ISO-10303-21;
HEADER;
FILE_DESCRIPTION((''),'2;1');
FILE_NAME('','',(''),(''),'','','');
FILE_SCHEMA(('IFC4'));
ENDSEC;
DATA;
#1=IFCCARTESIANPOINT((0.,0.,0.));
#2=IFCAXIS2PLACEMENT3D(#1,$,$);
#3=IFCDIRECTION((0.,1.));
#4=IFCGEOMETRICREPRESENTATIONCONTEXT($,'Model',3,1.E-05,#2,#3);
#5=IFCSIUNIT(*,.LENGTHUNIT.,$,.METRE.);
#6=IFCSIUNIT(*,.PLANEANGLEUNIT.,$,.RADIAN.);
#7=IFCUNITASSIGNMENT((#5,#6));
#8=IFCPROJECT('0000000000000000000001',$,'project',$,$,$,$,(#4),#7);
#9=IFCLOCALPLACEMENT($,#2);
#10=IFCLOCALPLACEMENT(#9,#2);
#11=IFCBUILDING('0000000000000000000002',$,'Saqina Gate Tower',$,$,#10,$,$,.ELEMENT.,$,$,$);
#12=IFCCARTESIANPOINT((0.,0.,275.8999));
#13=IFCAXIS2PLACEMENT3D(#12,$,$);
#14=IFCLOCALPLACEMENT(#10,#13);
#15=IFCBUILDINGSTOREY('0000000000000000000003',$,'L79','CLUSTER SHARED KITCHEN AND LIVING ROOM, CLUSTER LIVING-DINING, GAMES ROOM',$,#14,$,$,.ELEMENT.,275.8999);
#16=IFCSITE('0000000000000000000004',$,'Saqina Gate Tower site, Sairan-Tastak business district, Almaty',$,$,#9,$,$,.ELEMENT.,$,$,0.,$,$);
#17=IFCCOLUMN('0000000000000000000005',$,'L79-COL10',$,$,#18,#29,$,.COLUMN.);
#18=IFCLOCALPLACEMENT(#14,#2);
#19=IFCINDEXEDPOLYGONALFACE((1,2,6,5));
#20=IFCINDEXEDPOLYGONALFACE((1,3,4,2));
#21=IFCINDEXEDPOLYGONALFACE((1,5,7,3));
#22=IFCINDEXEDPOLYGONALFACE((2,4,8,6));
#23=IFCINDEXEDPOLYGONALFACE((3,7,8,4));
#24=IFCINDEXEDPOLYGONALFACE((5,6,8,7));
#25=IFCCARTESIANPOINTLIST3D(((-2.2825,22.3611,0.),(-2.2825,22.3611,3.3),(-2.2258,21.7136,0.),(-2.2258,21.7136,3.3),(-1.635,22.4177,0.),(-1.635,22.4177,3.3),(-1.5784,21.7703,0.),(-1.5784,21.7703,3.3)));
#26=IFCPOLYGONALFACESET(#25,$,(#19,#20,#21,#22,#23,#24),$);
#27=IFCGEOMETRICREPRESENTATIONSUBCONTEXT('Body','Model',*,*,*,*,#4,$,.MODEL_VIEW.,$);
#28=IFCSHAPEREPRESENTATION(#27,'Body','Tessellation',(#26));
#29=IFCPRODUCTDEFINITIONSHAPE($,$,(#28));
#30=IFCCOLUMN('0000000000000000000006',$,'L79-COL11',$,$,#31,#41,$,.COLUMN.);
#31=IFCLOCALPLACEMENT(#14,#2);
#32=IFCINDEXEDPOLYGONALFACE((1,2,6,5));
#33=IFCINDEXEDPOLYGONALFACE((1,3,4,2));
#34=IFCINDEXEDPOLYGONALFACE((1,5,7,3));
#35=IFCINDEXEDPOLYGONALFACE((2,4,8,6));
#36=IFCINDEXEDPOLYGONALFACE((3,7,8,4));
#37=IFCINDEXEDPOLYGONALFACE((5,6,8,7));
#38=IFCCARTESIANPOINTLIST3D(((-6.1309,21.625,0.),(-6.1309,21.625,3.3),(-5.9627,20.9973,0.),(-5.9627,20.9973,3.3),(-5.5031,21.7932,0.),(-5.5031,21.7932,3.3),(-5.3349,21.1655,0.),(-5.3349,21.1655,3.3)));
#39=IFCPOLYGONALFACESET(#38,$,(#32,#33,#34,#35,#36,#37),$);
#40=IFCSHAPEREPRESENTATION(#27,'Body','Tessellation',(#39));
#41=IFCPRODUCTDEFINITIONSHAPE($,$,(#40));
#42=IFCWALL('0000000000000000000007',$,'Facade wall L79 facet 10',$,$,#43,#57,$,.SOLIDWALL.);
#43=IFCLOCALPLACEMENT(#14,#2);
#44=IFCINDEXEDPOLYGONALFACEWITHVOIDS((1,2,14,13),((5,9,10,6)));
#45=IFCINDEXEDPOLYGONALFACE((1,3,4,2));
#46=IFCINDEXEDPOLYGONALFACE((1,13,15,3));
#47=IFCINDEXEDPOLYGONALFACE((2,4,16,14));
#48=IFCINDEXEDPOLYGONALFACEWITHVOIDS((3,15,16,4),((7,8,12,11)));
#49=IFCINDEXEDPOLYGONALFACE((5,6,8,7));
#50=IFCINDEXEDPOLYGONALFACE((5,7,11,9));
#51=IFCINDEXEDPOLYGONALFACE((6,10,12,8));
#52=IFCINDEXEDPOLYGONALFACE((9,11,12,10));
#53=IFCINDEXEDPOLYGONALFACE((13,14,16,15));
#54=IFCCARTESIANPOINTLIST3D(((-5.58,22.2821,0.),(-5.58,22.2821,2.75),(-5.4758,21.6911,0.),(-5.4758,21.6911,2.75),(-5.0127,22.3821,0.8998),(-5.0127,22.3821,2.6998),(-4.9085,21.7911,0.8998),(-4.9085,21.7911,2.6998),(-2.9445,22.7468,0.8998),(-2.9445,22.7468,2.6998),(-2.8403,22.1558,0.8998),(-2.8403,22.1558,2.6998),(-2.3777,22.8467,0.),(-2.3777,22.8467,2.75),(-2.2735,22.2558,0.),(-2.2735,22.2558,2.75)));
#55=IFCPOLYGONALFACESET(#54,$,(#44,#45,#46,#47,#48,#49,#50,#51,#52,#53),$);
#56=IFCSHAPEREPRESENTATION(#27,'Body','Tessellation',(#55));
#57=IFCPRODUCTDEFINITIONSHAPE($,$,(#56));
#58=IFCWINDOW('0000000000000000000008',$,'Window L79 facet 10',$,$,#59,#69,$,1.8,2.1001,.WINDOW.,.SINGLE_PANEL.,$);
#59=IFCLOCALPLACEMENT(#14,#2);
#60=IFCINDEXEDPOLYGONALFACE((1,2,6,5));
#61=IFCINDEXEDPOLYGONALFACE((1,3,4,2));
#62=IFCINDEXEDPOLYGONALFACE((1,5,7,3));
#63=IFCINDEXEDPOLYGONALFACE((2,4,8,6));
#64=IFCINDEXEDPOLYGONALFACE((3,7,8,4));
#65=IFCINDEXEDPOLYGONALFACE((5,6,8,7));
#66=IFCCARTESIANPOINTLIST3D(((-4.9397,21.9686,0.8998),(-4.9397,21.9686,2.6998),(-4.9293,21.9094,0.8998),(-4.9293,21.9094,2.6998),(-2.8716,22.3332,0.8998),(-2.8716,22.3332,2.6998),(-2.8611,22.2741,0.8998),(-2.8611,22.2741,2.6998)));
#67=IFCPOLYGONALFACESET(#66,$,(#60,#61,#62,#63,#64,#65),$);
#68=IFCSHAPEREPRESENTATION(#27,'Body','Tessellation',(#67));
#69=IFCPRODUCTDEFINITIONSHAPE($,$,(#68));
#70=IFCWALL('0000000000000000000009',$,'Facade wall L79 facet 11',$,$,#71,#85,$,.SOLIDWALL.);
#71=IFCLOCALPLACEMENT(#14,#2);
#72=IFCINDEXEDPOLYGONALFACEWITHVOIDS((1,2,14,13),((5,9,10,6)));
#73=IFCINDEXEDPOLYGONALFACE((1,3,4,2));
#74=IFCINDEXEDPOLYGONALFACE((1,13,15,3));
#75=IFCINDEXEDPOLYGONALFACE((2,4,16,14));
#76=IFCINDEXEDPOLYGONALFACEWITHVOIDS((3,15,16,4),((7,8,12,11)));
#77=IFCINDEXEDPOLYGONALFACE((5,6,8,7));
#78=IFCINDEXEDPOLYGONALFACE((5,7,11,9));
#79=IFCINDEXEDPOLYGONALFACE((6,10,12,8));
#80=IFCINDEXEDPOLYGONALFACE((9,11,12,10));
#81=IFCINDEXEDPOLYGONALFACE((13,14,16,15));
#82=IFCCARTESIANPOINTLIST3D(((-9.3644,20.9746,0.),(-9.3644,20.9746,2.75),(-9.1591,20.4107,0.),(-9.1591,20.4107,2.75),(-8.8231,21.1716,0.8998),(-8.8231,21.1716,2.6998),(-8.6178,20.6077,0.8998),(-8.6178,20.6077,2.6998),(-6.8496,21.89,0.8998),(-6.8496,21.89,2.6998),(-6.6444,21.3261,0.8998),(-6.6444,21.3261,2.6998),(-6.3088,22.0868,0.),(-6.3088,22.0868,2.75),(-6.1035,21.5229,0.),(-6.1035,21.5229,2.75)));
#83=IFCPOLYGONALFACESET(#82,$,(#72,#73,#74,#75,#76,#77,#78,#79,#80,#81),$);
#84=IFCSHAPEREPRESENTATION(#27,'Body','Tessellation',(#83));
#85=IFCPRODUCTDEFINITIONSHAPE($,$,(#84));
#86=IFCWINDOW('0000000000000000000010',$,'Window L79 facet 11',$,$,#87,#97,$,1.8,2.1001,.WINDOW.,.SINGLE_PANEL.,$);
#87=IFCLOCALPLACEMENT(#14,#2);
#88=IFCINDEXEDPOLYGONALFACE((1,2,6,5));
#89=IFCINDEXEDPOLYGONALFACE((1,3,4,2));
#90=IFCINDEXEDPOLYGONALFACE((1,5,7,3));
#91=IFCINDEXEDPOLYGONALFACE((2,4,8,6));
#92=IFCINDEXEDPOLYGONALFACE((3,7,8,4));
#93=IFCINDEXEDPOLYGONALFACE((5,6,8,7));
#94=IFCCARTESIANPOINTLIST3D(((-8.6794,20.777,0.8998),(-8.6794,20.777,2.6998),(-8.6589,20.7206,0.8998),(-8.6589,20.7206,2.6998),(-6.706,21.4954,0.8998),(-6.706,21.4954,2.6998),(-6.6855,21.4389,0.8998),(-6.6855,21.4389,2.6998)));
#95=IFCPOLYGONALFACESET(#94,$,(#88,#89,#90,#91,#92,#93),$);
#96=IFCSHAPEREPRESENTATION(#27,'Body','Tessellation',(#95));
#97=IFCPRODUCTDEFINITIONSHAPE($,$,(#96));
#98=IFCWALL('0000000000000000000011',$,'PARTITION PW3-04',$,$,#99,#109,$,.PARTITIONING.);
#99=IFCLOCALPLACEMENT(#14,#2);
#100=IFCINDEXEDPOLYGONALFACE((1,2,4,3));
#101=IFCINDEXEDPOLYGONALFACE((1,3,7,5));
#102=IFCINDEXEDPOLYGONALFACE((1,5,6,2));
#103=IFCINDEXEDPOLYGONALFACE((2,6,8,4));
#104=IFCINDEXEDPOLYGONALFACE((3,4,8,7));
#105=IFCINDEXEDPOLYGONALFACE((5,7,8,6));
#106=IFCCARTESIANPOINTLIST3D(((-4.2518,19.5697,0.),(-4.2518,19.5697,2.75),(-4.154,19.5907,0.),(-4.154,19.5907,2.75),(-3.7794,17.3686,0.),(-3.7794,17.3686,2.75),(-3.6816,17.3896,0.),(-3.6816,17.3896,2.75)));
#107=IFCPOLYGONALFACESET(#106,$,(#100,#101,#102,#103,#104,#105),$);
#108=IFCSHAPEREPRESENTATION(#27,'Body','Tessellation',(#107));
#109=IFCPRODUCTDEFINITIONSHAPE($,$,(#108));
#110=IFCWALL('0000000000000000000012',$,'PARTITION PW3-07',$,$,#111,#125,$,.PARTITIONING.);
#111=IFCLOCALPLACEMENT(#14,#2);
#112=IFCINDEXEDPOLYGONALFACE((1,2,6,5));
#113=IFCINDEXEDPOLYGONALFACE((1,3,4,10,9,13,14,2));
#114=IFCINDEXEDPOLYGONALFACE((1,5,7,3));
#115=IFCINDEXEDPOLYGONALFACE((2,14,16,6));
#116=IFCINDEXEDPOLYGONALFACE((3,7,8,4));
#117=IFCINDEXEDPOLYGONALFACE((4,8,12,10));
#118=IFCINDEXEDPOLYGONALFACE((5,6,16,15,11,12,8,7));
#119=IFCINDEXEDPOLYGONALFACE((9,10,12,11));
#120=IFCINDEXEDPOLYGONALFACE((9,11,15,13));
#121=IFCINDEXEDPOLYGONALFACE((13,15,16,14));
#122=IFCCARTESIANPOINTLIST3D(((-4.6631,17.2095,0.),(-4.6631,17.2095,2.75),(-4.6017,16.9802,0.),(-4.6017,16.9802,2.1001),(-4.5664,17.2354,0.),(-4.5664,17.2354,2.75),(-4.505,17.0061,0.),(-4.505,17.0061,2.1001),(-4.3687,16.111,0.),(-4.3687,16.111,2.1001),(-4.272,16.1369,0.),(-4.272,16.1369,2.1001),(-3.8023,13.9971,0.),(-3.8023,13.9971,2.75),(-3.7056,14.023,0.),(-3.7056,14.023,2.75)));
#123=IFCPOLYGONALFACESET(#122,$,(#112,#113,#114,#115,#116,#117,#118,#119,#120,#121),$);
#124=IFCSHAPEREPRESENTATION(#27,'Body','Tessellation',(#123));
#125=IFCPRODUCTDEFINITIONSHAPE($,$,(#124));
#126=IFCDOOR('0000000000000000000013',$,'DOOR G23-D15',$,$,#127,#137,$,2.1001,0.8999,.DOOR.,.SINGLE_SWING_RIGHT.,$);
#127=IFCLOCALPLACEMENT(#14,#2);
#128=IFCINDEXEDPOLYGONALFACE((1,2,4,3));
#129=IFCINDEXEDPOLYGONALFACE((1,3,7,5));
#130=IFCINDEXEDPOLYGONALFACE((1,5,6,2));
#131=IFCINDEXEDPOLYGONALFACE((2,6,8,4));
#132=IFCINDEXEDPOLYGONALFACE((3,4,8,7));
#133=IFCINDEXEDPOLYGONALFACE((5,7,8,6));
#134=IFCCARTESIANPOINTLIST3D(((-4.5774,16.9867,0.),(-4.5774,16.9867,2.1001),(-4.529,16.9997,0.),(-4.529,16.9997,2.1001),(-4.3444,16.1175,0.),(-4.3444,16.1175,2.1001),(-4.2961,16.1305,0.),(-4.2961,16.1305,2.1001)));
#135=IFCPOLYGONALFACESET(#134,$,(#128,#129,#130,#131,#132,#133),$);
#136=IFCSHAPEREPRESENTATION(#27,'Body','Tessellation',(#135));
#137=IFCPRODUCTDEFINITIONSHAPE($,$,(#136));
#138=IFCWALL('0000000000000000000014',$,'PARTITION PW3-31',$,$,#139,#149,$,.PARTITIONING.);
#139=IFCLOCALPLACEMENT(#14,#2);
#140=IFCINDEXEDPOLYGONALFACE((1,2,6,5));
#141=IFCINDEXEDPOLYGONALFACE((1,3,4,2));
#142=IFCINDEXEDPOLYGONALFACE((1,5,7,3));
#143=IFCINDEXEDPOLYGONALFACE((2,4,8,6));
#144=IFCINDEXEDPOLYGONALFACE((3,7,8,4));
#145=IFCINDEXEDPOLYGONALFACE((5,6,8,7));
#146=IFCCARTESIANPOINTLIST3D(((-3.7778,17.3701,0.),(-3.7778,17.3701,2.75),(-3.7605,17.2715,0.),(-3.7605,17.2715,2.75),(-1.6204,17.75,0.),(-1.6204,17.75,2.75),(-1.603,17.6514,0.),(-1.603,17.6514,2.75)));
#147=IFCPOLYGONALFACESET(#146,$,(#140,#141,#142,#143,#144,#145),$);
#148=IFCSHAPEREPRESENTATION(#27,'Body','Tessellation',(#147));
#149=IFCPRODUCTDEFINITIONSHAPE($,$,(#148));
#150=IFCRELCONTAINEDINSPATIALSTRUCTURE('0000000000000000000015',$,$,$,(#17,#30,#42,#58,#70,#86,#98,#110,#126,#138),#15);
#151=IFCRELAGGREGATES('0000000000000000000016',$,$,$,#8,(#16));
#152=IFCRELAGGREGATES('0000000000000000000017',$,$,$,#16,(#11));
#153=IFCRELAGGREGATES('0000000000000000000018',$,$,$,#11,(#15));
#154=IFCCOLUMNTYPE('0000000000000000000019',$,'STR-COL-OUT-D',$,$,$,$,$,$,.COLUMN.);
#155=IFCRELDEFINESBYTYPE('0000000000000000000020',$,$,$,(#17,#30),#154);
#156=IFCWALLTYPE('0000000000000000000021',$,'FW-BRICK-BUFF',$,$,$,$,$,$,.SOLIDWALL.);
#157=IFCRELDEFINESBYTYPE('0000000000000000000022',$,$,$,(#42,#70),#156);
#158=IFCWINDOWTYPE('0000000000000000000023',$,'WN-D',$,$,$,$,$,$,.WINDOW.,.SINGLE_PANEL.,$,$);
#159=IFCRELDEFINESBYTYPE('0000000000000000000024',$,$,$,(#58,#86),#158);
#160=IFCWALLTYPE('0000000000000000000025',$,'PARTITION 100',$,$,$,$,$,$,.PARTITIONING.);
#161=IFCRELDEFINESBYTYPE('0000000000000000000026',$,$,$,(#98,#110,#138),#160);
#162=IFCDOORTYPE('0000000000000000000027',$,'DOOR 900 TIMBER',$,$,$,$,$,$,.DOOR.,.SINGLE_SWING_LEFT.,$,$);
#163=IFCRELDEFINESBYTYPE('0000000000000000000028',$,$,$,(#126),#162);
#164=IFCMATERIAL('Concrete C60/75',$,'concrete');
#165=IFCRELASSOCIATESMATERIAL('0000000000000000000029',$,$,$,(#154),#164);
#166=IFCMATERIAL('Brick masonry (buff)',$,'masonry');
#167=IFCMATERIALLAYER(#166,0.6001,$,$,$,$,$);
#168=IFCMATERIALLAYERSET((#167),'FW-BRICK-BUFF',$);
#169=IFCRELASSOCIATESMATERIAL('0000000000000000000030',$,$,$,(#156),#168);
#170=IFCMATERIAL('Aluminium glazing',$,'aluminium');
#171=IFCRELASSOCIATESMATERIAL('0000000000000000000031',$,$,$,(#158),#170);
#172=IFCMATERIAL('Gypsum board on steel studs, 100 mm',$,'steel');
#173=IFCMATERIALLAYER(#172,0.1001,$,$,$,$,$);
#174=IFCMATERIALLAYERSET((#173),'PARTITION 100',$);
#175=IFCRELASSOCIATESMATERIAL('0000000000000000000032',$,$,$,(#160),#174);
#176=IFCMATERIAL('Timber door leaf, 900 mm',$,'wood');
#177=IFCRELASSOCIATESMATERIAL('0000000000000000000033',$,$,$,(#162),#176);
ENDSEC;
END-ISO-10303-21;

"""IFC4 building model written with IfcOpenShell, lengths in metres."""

from ifc_helpers import new_model, si_unit, direction, frame, frame_2d, origin, origin_2d, place, context, subcontext, project, spatial, rectangle, extrude, material, layer, layer_set, material_profile, profile_set, type_object, element, fill, save


model = new_model("IFC4")

# Units and contexts
model_context = context("Model", 3, precision=1e-05, world=origin(), true_north=direction((0.0, 1.0)))
body_context = subcontext(model_context, "Body", "Model", "MODEL_VIEW")
ifc_project = project(units=[si_unit("LENGTHUNIT", "METRE"), si_unit("PLANEANGLEUNIT", "RADIAN")], contexts=[model_context])

# Site, building, storey
site_placement = place(None, origin())
site = spatial("IfcSite", under=ifc_project, at=site_placement, Name="Saqina Gate Tower site, Sairan-Tastak business district, Almaty", CompositionType="ELEMENT", RefElevation=0.0)
building_placement = place(site_placement, origin())
building = spatial("IfcBuilding", under=site, at=building_placement, Name="Saqina Gate Tower", CompositionType="ELEMENT")
storey_placement = place(building_placement, frame((0.0, 0.0, 275.8999)))
storey = spatial("IfcBuildingStorey", under=building, at=storey_placement, Name="L79", Description="CLUSTER SHARED KITCHEN AND LIVING ROOM, CLUSTER LIVING-DINING, GAMES ROOM", CompositionType="ELEMENT", Elevation=275.8999)

# Columns
ifc_material_1 = material(Name="Concrete C60/75", Category="concrete")
ifc_material_profile = material_profile(ifc_material_1, rectangle(XDim=0.6499, YDim=0.6499, at=origin_2d()), Name="RC 650x650")
ifc_profile_set = profile_set([ifc_material_profile], Name="Concrete C60/75")
column_type = type_object("IfcColumnType", Name="STR-COL-OUT-D", PredefinedType="COLUMN", material=ifc_profile_set)
for number, where, z_axis, x_axis, name in (
    (1, (-1.9304, 22.0657, 0.0), (0.0, 0.0, 1.0), (-0.087156, 0.996195, 0.0), "L79-COL10"),
    (2, (-5.7329, 21.3953, 0.0), (0.0, 0.0, 1.0), (-0.258819, 0.965926, 0.0), "L79-COL11"),
):
    element("IfcColumn", number, at=place(storey_placement, frame(where, z_axis=z_axis, x_axis=x_axis)), inside=storey, type_object=column_type, Name=name, PredefinedType="COLUMN", context=body_context, shape_type="SweptSolid", body=[
        extrude(rectangle(XDim=0.6499, YDim=0.6499, at=origin_2d()), origin(), (0.0, 0.0, 1.0), 3.3),
    ])

# Walls, openings, windows
ifc_material_2 = material(Name="Brick masonry (buff)", Category="masonry")
ifc_layer_1 = layer(ifc_material_2, 0.6001)
ifc_layer_set_1 = layer_set([ifc_layer_1], Name="FW-BRICK-BUFF")
wall_type_1 = type_object("IfcWallType", Name="FW-BRICK-BUFF", PredefinedType="SOLIDWALL", material=ifc_layer_set_1)
wall_1_placement = place(storey_placement, frame((-2.3254, 22.5513, 0.0), z_axis=(0.0, 0.0, 1.0), x_axis=(-0.984806, -0.173657, 0.0)))
wall_1 = element("IfcWall", 3, at=wall_1_placement, inside=storey, type_object=wall_type_1, Name="Facade wall L79 facet 10", PredefinedType="SOLIDWALL", context=body_context, shape_type="SweptSolid", body=[
    extrude(rectangle(XDim=3.2517, YDim=0.6001, at=frame_2d((1.626, 0.0))), origin(), (0.0, 0.0, 1.0), 2.75),
])
opening_1_placement = place(wall_1_placement, frame((0.5757, 0.0, 0.8999)))
opening_1 = element("IfcOpeningElement", 4, at=opening_1_placement, cuts=wall_1, PredefinedType="OPENING", context=body_context, shape_type="SweptSolid", body=[
    extrude(rectangle(XDim=2.1001, YDim=1.8, at=frame_2d((1.05, 0.8999))), frame((0.0, 0.312, 0.0), z_axis=(0.0, -1.0, 0.0), x_axis=(1.0, 0.0, 0.0)), (0.0, 0.0, 1.0), 0.624),
])
ifc_material_3 = material(Name="Aluminium glazing", Category="aluminium")
window_type = type_object("IfcWindowType", Name="WN-D", PartitioningType="SINGLE_PANEL", PredefinedType="WINDOW", material=ifc_material_3)
window_1_placement = place(opening_1_placement, origin())
window_1 = element("IfcWindow", 5, at=window_1_placement, inside=storey, type_object=window_type, Name="Window L79 facet 10", OverallHeight=1.8, OverallWidth=2.1001, PartitioningType="SINGLE_PANEL", PredefinedType="WINDOW", context=body_context, shape_type="SweptSolid", body=[
    extrude(rectangle(XDim=2.1001, YDim=1.8, at=frame_2d((1.05, 0.8999))), frame((0.0, 0.1799, 0.0), z_axis=(0.0, -1.0, 0.0), x_axis=(1.0, 0.0, 0.0)), (0.0, 0.0, 1.0), 0.0601),
])
fill(opening_1, window_1)
wall_2_placement = place(storey_placement, frame((-6.2061, 21.8049, 0.0), z_axis=(0.0, 0.0, 1.0), x_axis=(-0.939679, -0.342057, 0.0)))
wall_2 = element("IfcWall", 6, at=wall_2_placement, inside=storey, type_object=wall_type_1, Name="Facade wall L79 facet 11", PredefinedType="SOLIDWALL", context=body_context, shape_type="SweptSolid", body=[
    extrude(rectangle(XDim=3.2517, YDim=0.6001, at=frame_2d((1.626, 0.0))), origin(), (0.0, 0.0, 1.0), 2.75),
])
opening_2_placement = place(wall_2_placement, frame((0.5757, 0.0, 0.8999)))
opening_2 = element("IfcOpeningElement", 7, at=opening_2_placement, cuts=wall_2, PredefinedType="OPENING", context=body_context, shape_type="SweptSolid", body=[
    extrude(rectangle(XDim=2.1001, YDim=1.8, at=frame_2d((1.05, 0.8999))), frame((0.0, 0.312, 0.0), z_axis=(0.0, -1.0, 0.0), x_axis=(1.0, 0.0, 0.0)), (0.0, 0.0, 1.0), 0.624),
])
window_2_placement = place(opening_2_placement, origin())
window_2 = element("IfcWindow", 8, at=window_2_placement, inside=storey, type_object=window_type, Name="Window L79 facet 11", OverallHeight=1.8, OverallWidth=2.1001, PartitioningType="SINGLE_PANEL", PredefinedType="WINDOW", context=body_context, shape_type="SweptSolid", body=[
    extrude(rectangle(XDim=2.1001, YDim=1.8, at=frame_2d((1.05, 0.8999))), frame((0.0, 0.1799, 0.0), z_axis=(0.0, -1.0, 0.0), x_axis=(1.0, 0.0, 0.0)), (0.0, 0.0, 1.0), 0.0601),
])
fill(opening_2, window_2)

# Wall
ifc_material_4 = material(Name="Gypsum board on steel studs, 100 mm", Category="steel")
ifc_layer_2 = layer(ifc_material_4, 0.1001)
ifc_layer_set_2 = layer_set([ifc_layer_2], Name="PARTITION 100")
wall_type_2 = type_object("IfcWallType", Name="PARTITION 100", PredefinedType="PARTITIONING", material=ifc_layer_set_2)
wall_3_placement = place(storey_placement, frame((-4.2029, 19.5801, 0.0), z_axis=(0.0, 0.0, 1.0), x_axis=(0.20984, -0.977736, 0.0)))
element("IfcWall", 9, at=wall_3_placement, inside=storey, type_object=wall_type_2, Name="PARTITION PW3-04", PredefinedType="PARTITIONING", context=body_context, shape_type="SweptSolid", body=[
    extrude(rectangle(XDim=2.2512, YDim=0.1001, at=frame_2d((1.1255, 0.0))), origin(), (0.0, 0.0, 1.0), 2.75),
])

# Wall, opening, door
wall_4_placement = place(storey_placement, frame((-4.6147, 17.2224, 0.0), z_axis=(0.0, 0.0, 1.0), x_axis=(0.258841, -0.96592, 0.0)))
wall_4 = element("IfcWall", 10, at=wall_4_placement, inside=storey, type_object=wall_type_2, Name="PARTITION PW3-07", PredefinedType="PARTITIONING", context=body_context, shape_type="SweptSolid", body=[
    extrude(rectangle(XDim=3.3257, YDim=0.1001, at=frame_2d((1.6628, 0.0))), origin(), (0.0, 0.0, 1.0), 2.75),
])
opening_3_placement = place(wall_4_placement, frame((0.2373, 0.0, 0.0)))
opening_3 = element("IfcOpeningElement", 11, at=opening_3_placement, cuts=wall_4, PredefinedType="OPENING", context=body_context, shape_type="SweptSolid", body=[
    extrude(rectangle(XDim=0.8999, YDim=2.1001, at=frame_2d((0.45, 1.05))), frame((0.0, 0.062, 0.0), z_axis=(0.0, -1.0, 0.0), x_axis=(1.0, 0.0, 0.0)), (0.0, 0.0, 1.0), 0.124),
])
ifc_material_5 = material(Name="Timber door leaf, 900 mm", Category="wood")
door_type_1 = type_object("IfcDoorType", Name="DOOR 900 TIMBER", OperationType="SINGLE_SWING_LEFT", PredefinedType="DOOR", material=ifc_material_5)
door_1_placement = place(opening_3_placement, frame((0.8999, 0.0, 0.0), z_axis=(0.0, 0.0, 1.0), x_axis=(-1.0, 0.0, 0.0)))
door_1 = element("IfcDoor", 12, at=door_1_placement, inside=storey, type_object=door_type_1, Name="DOOR G23-D15", OperationType="SINGLE_SWING_RIGHT", OverallHeight=2.1001, OverallWidth=0.8999, PredefinedType="DOOR", context=body_context, shape_type="SweptSolid", body=[
    extrude(rectangle(XDim=0.8999, YDim=2.1001, at=frame_2d((0.45, 1.05))), frame((0.0, 0.0249, 0.0), z_axis=(0.0, -1.0, 0.0), x_axis=(1.0, 0.0, 0.0)), (0.0, 0.0, 1.0), 0.05),
])
fill(opening_3, door_1)

# Wall
wall_5_placement = place(storey_placement, frame((-3.769, 17.3208, 0.0), z_axis=(0.0, 0.0, 1.0), x_axis=(0.98485, 0.17341, 0.0)))
element("IfcWall", 13, at=wall_5_placement, inside=storey, type_object=wall_type_2, Name="PARTITION PW3-31", PredefinedType="PARTITIONING", context=body_context, shape_type="SweptSolid", body=[
    extrude(rectangle(XDim=2.1907, YDim=0.1001, at=frame_2d((1.0952, 0.0))), origin(), (0.0, 0.0, 1.0), 2.75),
])

save(model, "model.ifc")
